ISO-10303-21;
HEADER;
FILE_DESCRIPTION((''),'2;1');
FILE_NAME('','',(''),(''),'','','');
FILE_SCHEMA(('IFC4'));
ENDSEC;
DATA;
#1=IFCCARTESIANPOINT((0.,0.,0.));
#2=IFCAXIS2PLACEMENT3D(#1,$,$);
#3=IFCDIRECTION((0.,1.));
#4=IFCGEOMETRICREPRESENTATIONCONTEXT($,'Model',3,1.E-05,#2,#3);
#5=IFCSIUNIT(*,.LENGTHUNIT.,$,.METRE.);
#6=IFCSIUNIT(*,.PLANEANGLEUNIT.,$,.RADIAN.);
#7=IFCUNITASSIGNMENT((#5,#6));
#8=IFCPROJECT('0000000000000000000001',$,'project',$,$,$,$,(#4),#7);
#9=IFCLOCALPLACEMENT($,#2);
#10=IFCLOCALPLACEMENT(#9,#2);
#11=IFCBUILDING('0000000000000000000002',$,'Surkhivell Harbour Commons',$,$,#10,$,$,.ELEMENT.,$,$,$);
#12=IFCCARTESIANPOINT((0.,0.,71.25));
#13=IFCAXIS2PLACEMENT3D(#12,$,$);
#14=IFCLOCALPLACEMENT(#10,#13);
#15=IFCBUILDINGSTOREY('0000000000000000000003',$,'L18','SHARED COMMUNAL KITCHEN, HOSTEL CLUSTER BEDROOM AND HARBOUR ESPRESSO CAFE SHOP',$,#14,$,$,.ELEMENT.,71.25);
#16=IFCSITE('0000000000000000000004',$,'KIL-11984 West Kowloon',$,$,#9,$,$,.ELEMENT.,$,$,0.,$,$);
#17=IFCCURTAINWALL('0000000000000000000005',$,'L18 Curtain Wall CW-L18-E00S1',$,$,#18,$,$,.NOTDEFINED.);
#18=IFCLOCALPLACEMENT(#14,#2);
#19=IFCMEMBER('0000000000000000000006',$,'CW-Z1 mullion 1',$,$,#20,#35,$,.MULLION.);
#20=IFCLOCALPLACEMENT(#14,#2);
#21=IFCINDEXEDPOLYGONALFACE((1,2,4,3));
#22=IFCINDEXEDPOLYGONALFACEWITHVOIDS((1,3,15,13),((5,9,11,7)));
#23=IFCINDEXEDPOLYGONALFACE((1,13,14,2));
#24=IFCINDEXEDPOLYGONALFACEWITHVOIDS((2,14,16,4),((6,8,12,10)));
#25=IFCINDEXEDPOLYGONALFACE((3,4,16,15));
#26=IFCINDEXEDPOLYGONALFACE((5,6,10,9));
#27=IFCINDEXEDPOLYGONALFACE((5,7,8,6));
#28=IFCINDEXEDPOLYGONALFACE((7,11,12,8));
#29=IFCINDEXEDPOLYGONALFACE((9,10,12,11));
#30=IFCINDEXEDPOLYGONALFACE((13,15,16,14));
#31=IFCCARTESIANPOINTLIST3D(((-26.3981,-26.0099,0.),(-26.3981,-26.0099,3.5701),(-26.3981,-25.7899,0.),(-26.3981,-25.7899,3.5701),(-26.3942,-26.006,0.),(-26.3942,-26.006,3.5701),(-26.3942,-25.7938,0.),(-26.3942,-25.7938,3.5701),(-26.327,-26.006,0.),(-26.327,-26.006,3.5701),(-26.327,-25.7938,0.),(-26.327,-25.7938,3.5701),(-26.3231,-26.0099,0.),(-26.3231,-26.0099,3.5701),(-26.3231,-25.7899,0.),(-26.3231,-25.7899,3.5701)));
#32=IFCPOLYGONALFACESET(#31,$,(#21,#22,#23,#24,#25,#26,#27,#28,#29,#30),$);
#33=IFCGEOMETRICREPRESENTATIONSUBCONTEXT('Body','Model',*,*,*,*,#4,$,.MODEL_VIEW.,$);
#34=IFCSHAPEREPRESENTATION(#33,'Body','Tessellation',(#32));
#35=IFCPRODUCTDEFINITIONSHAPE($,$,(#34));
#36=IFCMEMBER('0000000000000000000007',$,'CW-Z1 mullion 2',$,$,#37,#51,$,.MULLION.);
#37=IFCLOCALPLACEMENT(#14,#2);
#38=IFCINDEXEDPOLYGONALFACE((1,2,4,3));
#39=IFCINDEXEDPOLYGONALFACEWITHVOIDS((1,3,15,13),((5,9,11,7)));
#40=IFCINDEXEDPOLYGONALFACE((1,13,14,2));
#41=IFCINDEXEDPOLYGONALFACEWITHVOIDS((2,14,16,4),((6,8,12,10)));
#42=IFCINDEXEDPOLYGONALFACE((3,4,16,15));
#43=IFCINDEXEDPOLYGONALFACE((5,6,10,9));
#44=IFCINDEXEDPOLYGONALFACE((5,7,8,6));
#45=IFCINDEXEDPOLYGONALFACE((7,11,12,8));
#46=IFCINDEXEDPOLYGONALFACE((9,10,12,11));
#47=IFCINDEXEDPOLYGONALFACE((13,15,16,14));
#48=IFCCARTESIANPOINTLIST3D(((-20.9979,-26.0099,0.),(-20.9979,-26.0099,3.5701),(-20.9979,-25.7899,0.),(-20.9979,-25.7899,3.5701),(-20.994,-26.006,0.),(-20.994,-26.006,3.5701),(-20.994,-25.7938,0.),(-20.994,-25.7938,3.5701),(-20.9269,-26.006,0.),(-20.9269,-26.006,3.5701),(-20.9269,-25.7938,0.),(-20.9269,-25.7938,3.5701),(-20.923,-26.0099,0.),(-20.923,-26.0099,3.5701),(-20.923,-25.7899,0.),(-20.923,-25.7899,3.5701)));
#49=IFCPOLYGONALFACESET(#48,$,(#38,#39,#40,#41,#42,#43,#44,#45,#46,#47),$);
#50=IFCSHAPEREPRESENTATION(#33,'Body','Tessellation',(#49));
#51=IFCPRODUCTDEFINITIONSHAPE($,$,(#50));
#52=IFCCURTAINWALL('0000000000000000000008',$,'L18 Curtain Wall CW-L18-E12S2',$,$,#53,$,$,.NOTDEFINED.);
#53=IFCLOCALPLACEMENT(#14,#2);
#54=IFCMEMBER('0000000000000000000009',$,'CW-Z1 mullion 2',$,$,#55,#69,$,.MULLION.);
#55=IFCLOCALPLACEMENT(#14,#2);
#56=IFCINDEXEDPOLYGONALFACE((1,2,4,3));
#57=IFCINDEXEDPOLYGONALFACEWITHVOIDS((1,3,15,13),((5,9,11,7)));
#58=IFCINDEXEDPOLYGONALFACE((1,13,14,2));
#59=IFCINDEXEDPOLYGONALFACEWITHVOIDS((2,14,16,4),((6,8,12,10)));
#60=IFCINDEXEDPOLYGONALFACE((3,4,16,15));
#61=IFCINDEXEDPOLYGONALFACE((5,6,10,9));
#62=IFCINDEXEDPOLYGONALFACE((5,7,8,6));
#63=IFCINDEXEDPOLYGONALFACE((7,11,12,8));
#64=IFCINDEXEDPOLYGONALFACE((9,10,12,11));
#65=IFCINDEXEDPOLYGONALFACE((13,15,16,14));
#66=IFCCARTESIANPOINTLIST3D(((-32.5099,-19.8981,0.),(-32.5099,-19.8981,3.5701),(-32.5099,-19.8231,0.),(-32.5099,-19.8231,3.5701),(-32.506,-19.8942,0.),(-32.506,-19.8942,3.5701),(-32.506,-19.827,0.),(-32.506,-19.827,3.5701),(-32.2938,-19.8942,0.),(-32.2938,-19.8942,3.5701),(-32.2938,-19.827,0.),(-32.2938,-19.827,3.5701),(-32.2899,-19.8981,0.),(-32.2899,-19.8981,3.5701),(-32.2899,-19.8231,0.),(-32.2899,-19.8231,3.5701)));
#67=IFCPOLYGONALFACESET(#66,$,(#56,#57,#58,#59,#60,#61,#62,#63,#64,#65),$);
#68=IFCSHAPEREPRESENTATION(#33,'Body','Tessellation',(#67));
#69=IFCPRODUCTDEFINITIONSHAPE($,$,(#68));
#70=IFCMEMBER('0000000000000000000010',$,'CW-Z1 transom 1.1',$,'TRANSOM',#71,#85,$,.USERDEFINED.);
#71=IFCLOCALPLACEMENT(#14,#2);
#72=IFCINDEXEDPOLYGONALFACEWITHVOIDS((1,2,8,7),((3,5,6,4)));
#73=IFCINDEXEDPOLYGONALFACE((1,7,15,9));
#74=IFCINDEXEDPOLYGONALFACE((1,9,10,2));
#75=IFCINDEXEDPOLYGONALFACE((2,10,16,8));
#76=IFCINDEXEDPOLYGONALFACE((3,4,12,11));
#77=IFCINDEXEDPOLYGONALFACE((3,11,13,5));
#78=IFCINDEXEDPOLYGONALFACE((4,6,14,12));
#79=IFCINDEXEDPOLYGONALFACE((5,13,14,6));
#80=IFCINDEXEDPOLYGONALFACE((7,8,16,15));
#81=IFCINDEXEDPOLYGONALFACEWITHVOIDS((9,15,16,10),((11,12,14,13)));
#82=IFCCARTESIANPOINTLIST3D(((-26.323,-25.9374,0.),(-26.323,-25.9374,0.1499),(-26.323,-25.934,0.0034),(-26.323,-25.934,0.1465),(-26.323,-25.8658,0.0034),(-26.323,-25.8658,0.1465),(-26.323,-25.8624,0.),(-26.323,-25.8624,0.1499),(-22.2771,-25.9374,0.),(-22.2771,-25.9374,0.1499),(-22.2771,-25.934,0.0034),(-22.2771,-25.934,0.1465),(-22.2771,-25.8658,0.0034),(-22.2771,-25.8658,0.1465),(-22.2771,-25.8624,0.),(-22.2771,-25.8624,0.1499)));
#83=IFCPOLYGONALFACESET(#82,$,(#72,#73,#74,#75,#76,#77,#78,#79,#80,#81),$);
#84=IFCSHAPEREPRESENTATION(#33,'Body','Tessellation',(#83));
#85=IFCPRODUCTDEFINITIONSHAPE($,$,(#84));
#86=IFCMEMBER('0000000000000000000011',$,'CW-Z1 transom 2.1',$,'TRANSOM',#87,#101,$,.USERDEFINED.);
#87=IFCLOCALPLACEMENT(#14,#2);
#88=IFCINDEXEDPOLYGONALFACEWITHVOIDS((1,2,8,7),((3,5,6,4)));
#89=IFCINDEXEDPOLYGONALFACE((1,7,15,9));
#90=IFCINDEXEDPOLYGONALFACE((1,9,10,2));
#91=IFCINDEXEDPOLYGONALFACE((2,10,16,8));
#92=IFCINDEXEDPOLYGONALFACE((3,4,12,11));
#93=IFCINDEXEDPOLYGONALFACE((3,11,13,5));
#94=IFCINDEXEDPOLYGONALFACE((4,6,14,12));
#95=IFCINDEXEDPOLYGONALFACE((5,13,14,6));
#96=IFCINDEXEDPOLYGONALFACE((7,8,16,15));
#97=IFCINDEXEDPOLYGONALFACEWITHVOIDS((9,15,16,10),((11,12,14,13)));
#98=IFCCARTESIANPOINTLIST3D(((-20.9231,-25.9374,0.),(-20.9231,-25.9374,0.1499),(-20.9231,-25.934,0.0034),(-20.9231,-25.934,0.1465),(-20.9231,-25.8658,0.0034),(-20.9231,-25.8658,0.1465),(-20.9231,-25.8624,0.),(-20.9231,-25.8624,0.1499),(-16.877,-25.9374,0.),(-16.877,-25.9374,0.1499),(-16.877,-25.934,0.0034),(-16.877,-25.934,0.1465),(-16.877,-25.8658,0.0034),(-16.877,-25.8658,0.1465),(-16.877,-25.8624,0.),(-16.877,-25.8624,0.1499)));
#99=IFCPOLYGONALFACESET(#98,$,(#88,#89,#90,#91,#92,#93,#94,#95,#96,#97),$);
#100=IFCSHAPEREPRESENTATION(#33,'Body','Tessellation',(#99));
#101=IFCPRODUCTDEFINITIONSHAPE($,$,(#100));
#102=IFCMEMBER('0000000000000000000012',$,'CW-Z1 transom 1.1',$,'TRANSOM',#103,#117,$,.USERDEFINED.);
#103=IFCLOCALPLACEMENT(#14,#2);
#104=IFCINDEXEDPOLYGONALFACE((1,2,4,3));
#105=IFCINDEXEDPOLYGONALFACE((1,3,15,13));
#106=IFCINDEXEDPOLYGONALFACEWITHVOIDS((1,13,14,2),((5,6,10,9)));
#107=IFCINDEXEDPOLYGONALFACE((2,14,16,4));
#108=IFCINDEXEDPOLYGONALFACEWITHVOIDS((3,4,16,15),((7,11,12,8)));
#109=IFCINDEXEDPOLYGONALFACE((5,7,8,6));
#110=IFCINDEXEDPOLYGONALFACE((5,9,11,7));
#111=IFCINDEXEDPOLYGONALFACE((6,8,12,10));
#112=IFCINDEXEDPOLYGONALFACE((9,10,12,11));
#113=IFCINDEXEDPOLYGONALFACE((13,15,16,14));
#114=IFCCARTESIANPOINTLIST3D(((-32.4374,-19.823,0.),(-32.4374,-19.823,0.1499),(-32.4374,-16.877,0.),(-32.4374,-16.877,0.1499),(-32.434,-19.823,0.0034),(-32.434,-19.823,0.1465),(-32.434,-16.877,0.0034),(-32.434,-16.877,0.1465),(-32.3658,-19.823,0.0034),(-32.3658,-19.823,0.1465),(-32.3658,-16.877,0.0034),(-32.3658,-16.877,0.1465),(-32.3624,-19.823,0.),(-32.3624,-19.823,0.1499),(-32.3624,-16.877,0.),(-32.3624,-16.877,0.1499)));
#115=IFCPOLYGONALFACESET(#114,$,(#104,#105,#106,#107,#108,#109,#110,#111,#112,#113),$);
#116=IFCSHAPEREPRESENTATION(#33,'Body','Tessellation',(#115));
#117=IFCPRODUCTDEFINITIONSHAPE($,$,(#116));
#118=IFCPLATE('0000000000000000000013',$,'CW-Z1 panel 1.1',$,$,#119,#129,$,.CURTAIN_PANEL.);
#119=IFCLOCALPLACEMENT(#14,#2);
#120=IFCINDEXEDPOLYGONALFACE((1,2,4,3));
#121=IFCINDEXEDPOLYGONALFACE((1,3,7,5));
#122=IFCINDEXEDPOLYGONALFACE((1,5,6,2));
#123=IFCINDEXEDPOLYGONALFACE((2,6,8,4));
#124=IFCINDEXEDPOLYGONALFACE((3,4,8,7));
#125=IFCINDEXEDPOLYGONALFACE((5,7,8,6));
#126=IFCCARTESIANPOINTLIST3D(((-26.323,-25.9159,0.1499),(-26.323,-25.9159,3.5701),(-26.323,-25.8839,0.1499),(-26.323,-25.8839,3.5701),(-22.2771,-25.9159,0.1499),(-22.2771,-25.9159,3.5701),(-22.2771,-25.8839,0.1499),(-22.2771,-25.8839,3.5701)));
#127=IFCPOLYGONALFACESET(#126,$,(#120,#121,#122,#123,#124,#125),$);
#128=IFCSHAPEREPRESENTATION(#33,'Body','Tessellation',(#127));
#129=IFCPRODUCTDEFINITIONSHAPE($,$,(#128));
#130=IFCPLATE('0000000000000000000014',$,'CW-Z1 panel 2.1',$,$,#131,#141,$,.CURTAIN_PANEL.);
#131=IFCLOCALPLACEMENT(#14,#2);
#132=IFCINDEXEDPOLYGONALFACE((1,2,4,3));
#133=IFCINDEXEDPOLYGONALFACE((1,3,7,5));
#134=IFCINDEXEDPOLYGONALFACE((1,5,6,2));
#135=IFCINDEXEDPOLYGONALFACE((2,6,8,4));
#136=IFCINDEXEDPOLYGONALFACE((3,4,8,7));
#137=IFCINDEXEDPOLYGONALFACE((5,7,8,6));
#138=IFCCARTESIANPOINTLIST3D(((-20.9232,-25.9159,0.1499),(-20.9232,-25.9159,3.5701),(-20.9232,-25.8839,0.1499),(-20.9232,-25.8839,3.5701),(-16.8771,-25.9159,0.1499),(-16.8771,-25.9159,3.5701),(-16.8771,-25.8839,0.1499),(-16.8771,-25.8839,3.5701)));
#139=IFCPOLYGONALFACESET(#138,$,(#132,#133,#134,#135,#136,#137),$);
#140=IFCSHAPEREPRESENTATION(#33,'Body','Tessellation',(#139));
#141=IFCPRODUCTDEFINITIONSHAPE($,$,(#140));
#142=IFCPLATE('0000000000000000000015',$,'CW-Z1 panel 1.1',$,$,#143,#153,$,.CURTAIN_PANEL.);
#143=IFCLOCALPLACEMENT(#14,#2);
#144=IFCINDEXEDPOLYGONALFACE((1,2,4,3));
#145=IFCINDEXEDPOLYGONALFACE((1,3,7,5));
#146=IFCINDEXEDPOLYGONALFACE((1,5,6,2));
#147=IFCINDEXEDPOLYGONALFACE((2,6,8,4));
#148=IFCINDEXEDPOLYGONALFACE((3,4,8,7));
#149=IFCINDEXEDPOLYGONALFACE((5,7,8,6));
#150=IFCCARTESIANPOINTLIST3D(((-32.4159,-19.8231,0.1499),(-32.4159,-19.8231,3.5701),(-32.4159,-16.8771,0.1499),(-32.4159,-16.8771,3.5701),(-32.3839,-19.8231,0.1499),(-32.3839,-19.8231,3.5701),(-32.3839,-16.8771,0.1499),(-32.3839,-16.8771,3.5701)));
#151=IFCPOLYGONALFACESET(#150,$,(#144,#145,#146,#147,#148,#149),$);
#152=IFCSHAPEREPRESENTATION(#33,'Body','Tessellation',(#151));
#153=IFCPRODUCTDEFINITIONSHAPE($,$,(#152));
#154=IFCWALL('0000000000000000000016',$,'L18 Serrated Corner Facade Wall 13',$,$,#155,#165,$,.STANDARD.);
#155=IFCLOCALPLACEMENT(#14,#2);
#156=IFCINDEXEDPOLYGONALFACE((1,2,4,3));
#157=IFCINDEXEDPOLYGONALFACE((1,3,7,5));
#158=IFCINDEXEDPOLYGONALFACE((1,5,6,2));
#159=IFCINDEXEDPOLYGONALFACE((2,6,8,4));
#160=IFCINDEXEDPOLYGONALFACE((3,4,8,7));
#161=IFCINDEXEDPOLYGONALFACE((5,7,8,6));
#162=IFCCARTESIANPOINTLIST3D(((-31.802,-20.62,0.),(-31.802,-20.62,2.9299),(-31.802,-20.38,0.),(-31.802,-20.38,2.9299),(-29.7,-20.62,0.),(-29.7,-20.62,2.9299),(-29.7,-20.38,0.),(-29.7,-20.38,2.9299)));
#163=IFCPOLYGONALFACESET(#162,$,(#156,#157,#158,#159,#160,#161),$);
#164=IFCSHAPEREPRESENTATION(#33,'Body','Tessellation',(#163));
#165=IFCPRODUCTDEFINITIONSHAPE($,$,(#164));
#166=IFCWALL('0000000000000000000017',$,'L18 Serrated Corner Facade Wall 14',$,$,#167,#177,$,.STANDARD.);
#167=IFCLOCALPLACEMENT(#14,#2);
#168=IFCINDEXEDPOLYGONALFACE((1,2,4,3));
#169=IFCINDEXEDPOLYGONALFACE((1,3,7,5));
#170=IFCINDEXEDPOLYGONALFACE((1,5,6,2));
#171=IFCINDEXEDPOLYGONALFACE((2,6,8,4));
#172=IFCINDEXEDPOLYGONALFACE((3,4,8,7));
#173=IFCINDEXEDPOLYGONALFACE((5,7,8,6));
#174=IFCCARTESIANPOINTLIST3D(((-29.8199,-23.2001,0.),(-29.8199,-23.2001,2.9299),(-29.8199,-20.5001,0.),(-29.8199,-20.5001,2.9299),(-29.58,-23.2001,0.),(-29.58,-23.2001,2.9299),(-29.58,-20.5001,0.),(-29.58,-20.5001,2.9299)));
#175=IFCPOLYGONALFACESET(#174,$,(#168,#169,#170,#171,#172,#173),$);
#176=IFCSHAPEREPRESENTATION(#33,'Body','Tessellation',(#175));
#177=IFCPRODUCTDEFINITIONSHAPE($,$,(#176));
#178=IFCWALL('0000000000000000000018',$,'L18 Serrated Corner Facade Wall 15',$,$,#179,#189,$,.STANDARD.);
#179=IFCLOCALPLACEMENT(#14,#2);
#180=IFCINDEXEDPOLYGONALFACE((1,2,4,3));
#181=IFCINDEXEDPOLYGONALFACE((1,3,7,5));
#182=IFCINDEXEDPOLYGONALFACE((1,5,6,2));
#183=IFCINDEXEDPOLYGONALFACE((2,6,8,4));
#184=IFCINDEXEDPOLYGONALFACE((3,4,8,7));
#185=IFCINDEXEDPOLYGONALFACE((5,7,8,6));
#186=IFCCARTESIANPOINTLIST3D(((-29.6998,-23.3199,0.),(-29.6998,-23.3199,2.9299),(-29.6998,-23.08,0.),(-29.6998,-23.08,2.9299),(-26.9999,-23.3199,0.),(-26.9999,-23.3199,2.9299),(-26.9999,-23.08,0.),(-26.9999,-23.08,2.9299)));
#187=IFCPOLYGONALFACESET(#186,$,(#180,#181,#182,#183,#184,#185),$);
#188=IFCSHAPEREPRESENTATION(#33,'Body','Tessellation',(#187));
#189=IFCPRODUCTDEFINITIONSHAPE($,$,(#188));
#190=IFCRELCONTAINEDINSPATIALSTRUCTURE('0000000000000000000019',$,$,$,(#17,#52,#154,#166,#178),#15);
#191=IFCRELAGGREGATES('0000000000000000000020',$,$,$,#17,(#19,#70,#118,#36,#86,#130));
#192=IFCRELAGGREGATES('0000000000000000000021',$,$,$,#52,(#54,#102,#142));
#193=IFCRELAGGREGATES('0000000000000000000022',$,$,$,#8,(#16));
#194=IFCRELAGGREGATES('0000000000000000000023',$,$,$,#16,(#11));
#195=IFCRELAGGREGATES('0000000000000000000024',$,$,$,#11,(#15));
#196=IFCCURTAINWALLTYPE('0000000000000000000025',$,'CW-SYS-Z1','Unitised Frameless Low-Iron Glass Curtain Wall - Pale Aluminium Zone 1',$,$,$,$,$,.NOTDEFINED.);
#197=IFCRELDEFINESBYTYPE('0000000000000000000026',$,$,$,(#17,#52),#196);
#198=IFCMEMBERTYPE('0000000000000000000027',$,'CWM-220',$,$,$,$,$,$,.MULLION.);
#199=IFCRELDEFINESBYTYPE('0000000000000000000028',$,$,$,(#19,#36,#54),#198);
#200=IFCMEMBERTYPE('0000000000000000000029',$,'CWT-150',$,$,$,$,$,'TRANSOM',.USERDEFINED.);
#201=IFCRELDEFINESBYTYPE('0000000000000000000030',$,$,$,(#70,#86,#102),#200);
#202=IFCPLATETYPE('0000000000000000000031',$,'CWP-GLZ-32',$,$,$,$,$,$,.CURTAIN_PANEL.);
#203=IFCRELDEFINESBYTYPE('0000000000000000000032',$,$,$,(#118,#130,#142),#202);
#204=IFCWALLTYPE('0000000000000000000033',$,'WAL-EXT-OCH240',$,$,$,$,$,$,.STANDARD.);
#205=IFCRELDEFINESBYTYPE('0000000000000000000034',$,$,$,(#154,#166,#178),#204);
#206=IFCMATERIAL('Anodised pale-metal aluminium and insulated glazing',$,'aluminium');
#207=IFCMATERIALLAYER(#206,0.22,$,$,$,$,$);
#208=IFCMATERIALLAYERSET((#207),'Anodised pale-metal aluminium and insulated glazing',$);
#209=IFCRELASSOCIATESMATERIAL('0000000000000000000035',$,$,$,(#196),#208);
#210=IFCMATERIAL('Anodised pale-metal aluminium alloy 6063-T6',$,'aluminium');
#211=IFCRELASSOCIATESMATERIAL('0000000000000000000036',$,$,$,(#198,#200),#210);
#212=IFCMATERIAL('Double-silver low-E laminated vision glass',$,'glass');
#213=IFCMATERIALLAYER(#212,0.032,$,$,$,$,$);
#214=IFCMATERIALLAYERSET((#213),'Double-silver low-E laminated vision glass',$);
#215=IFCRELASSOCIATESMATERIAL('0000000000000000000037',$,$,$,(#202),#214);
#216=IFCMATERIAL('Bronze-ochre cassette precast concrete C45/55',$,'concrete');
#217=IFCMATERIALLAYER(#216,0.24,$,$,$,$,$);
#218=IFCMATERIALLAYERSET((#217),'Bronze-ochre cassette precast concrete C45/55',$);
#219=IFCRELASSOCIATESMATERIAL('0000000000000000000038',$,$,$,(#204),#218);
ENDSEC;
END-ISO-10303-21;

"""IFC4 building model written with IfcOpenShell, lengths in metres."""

from ifc_helpers import new_model, si_unit, direction, frame, frame_2d, origin, origin_2d, place, context, subcontext, project, spatial, rectangle, hollow_rectangle, extrude, material, layer, layer_set, material_profile, profile_set, type_object, element, aggregate, save


model = new_model("IFC4")

# Units and contexts
model_context = context("Model", 3, precision=1e-05, world=origin(), true_north=direction((0.0, 1.0)))
body_context = subcontext(model_context, "Body", "Model", "MODEL_VIEW")
ifc_project = project(units=[si_unit("LENGTHUNIT", "METRE"), si_unit("PLANEANGLEUNIT", "RADIAN")], contexts=[model_context])

# Site, building, storey
site_placement = place(None, origin())
site = spatial("IfcSite", under=ifc_project, at=site_placement, Name="KIL-11984 West Kowloon", CompositionType="ELEMENT", RefElevation=0.0)
building_placement = place(site_placement, origin())
building = spatial("IfcBuilding", under=site, at=building_placement, Name="Surkhivell Harbour Commons", CompositionType="ELEMENT")
storey_placement = place(building_placement, frame((0.0, 0.0, 71.25)))
storey = spatial("IfcBuildingStorey", under=building, at=storey_placement, Name="L18", Description="SHARED COMMUNAL KITCHEN, HOSTEL CLUSTER BEDROOM AND HARBOUR ESPRESSO CAFE SHOP", CompositionType="ELEMENT", Elevation=71.25)

# Curtain wall, members
ifc_material_1 = material(Name="Anodised pale-metal aluminium and insulated glazing", Category="aluminium")
ifc_layer_1 = layer(ifc_material_1, 0.22)
ifc_layer_set_1 = layer_set([ifc_layer_1], Name="Anodised pale-metal aluminium and insulated glazing")
curtain_wall_type = type_object("IfcCurtainWallType", Name="CW-SYS-Z1", Description="Unitised Frameless Low-Iron Glass Curtain Wall - Pale Aluminium Zone 1", PredefinedType="NOTDEFINED", material=ifc_layer_set_1)
curtain_wall_1_placement = place(storey_placement, origin())
curtain_wall_1 = element("IfcCurtainWall", 1, at=curtain_wall_1_placement, inside=storey, type_object=curtain_wall_type, Name="L18 Curtain Wall CW-L18-E00S1", PredefinedType="NOTDEFINED")
ifc_material_2 = material(Name="Anodised pale-metal aluminium alloy 6063-T6", Category="aluminium")
ifc_material_profile_1 = material_profile(ifc_material_2, hollow_rectangle(XDim=0.075, YDim=0.22, WallThickness=0.0039, at=origin_2d()), Name="ALU-MULL-75x220")
ifc_profile_set_1 = profile_set([ifc_material_profile_1], Name="Anodised pale-metal aluminium alloy 6063-T6")
member_type_1 = type_object("IfcMemberType", Name="CWM-220", PredefinedType="MULLION", material=ifc_profile_set_1)
member_1_placement = place(storey_placement, frame((-26.3606, -25.8999, 0.0), z_axis=(0.0, 0.0, 1.0), x_axis=(1.0, 0.0, 0.0)))
member_1 = element("IfcMember", 2, at=member_1_placement, type_object=member_type_1, Name="CW-Z1 mullion 1", PredefinedType="MULLION", context=body_context, shape_type="SweptSolid", body=[
    extrude(hollow_rectangle(XDim=0.075, YDim=0.22, WallThickness=0.0039, at=origin_2d()), origin(), (0.0, 0.0, 1.0), 3.5701),
])
member_2_placement = place(storey_placement, frame((-20.9604, -25.8999, 0.0), z_axis=(0.0, 0.0, 1.0), x_axis=(1.0, 0.0, 0.0)))
member_2 = element("IfcMember", 3, at=member_2_placement, type_object=member_type_1, Name="CW-Z1 mullion 2", PredefinedType="MULLION", context=body_context, shape_type="SweptSolid", body=[
    extrude(hollow_rectangle(XDim=0.075, YDim=0.22, WallThickness=0.0039, at=origin_2d()), origin(), (0.0, 0.0, 1.0), 3.5701),
])

# Curtain wall, member
curtain_wall_2_placement = place(storey_placement, origin())
curtain_wall_2 = element("IfcCurtainWall", 4, at=curtain_wall_2_placement, inside=storey, type_object=curtain_wall_type, Name="L18 Curtain Wall CW-L18-E12S2", PredefinedType="NOTDEFINED")
member_3_placement = place(storey_placement, frame((-32.3999, -19.8606, 0.0), z_axis=(0.0, 0.0, 1.0), x_axis=(0.0, -1.0, 0.0)))
member_3 = element("IfcMember", 5, at=member_3_placement, type_object=member_type_1, Name="CW-Z1 mullion 2", PredefinedType="MULLION", context=body_context, shape_type="SweptSolid", body=[
    extrude(hollow_rectangle(XDim=0.075, YDim=0.22, WallThickness=0.0039, at=origin_2d()), origin(), (0.0, 0.0, 1.0), 3.5701),
])

# Members
ifc_material_profile_2 = material_profile(ifc_material_2, hollow_rectangle(XDim=0.075, YDim=0.1499, WallThickness=0.0034, at=origin_2d()), Name="ALU-TRAN-75x150")
ifc_profile_set_2 = profile_set([ifc_material_profile_2], Name="Anodised pale-metal aluminium alloy 6063-T6")
member_type_2 = type_object("IfcMemberType", Name="CWT-150", ElementType="TRANSOM", PredefinedType="USERDEFINED", material=ifc_profile_set_2)
member_4_placement = place(storey_placement, frame((-26.323, -25.8999, 0.075), z_axis=(1.0, 0.0, 0.0), x_axis=(0.0, 1.0, 0.0)))
member_4 = element("IfcMember", 6, at=member_4_placement, type_object=member_type_2, Name="CW-Z1 transom 1.1", ObjectType="TRANSOM", PredefinedType="USERDEFINED", context=body_context, shape_type="SweptSolid", body=[
    extrude(hollow_rectangle(XDim=0.075, YDim=0.1499, WallThickness=0.0034, at=origin_2d()), origin(), (0.0, 0.0, 1.0), 4.0459),
])
member_5_placement = place(storey_placement, frame((-20.9231, -25.8999, 0.075), z_axis=(1.0, 0.0, 0.0), x_axis=(0.0, 1.0, 0.0)))
member_5 = element("IfcMember", 7, at=member_5_placement, type_object=member_type_2, Name="CW-Z1 transom 2.1", ObjectType="TRANSOM", PredefinedType="USERDEFINED", context=body_context, shape_type="SweptSolid", body=[
    extrude(hollow_rectangle(XDim=0.075, YDim=0.1499, WallThickness=0.0034, at=origin_2d()), origin(), (0.0, 0.0, 1.0), 4.0461),
])
member_6_placement = place(storey_placement, frame((-32.3999, -16.877, 0.075), z_axis=(0.0, -1.0, 0.0), x_axis=(1.0, 0.0, 0.0)))
member_6 = element("IfcMember", 8, at=member_6_placement, type_object=member_type_2, Name="CW-Z1 transom 1.1", ObjectType="TRANSOM", PredefinedType="USERDEFINED", context=body_context, shape_type="SweptSolid", body=[
    extrude(hollow_rectangle(XDim=0.075, YDim=0.1499, WallThickness=0.0034, at=origin_2d()), origin(), (0.0, 0.0, 1.0), 2.946),
])

# Plates
ifc_material_3 = material(Name="Double-silver low-E laminated vision glass", Category="glass")
ifc_layer_2 = layer(ifc_material_3, 0.032)
ifc_layer_set_2 = layer_set([ifc_layer_2], Name="Double-silver low-E laminated vision glass")
plate_type = type_object("IfcPlateType", Name="CWP-GLZ-32", PredefinedType="CURTAIN_PANEL", material=ifc_layer_set_2)
plate_1_placement = place(storey_placement, frame((-26.323, -25.8999, 0.1499), z_axis=(0.0, 0.0, 1.0), x_axis=(1.0, 0.0, 0.0)))
plate_1 = element("IfcPlate", 9, at=plate_1_placement, type_object=plate_type, Name="CW-Z1 panel 1.1", PredefinedType="CURTAIN_PANEL", context=body_context, shape_type="SweptSolid", body=[
    extrude(rectangle(XDim=4.0459, YDim=0.032, at=frame_2d((2.0229, 0.0))), origin(), (0.0, 0.0, 1.0), 3.4202),
])
plate_2_placement = place(storey_placement, frame((-20.9231, -25.8999, 0.1499), z_axis=(0.0, 0.0, 1.0), x_axis=(1.0, 0.0, 0.0)))
plate_2 = element("IfcPlate", 10, at=plate_2_placement, type_object=plate_type, Name="CW-Z1 panel 2.1", PredefinedType="CURTAIN_PANEL", context=body_context, shape_type="SweptSolid", body=[
    extrude(rectangle(XDim=4.0461, YDim=0.032, at=frame_2d((2.0229, 0.0))), origin(), (0.0, 0.0, 1.0), 3.4202),
])
aggregate(curtain_wall_1, [member_1, member_4, plate_1, member_2, member_5, plate_2])
plate_3_placement = place(storey_placement, frame((-32.3999, -16.877, 0.1499), z_axis=(0.0, 0.0, 1.0), x_axis=(0.0, -1.0, 0.0)))
plate_3 = element("IfcPlate", 11, at=plate_3_placement, type_object=plate_type, Name="CW-Z1 panel 1.1", PredefinedType="CURTAIN_PANEL", context=body_context, shape_type="SweptSolid", body=[
    extrude(rectangle(XDim=2.946, YDim=0.032, at=frame_2d((1.4731, 0.0))), origin(), (0.0, 0.0, 1.0), 3.4202),
])
aggregate(curtain_wall_2, [member_3, member_6, plate_3])

# Walls
ifc_material_4 = material(Name="Bronze-ochre cassette precast concrete C45/55", Category="concrete")
ifc_layer_3 = layer(ifc_material_4, 0.24)
ifc_layer_set_3 = layer_set([ifc_layer_3], Name="Bronze-ochre cassette precast concrete C45/55")
wall_type = type_object("IfcWallType", Name="WAL-EXT-OCH240", PredefinedType="STANDARD", material=ifc_layer_set_3)
wall_1_placement = place(storey_placement, frame((-31.802, -20.5, 0.0), z_axis=(0.0, 0.0, 1.0), x_axis=(1.0, 0.0, 0.0)))
element("IfcWall", 12, at=wall_1_placement, inside=storey, type_object=wall_type, Name="L18 Serrated Corner Facade Wall 13", PredefinedType="STANDARD", context=body_context, shape_type="SweptSolid", body=[
    extrude(rectangle(XDim=2.1021, YDim=0.24, at=frame_2d((1.051, 0.0))), origin(), (0.0, 0.0, 1.0), 2.9299),
])
for number, where, z_axis, x_axis, name in (
    (13, (-29.7, -20.5, 0.0), (0.0, 0.0, 1.0), (0.0, -1.0, 0.0), "L18 Serrated Corner Facade Wall 14"),
    (14, (-29.7, -23.2, 0.0), (0.0, 0.0, 1.0), (1.0, 0.0, 0.0), "L18 Serrated Corner Facade Wall 15"),
):
    element("IfcWall", number, at=place(storey_placement, frame(where, z_axis=z_axis, x_axis=x_axis)), inside=storey, type_object=wall_type, Name=name, PredefinedType="STANDARD", context=body_context, shape_type="SweptSolid", body=[
        extrude(rectangle(XDim=2.7, YDim=0.24, at=frame_2d((1.3501, 0.0))), origin(), (0.0, 0.0, 1.0), 2.9299),
    ])

save(model, "model.ifc")
